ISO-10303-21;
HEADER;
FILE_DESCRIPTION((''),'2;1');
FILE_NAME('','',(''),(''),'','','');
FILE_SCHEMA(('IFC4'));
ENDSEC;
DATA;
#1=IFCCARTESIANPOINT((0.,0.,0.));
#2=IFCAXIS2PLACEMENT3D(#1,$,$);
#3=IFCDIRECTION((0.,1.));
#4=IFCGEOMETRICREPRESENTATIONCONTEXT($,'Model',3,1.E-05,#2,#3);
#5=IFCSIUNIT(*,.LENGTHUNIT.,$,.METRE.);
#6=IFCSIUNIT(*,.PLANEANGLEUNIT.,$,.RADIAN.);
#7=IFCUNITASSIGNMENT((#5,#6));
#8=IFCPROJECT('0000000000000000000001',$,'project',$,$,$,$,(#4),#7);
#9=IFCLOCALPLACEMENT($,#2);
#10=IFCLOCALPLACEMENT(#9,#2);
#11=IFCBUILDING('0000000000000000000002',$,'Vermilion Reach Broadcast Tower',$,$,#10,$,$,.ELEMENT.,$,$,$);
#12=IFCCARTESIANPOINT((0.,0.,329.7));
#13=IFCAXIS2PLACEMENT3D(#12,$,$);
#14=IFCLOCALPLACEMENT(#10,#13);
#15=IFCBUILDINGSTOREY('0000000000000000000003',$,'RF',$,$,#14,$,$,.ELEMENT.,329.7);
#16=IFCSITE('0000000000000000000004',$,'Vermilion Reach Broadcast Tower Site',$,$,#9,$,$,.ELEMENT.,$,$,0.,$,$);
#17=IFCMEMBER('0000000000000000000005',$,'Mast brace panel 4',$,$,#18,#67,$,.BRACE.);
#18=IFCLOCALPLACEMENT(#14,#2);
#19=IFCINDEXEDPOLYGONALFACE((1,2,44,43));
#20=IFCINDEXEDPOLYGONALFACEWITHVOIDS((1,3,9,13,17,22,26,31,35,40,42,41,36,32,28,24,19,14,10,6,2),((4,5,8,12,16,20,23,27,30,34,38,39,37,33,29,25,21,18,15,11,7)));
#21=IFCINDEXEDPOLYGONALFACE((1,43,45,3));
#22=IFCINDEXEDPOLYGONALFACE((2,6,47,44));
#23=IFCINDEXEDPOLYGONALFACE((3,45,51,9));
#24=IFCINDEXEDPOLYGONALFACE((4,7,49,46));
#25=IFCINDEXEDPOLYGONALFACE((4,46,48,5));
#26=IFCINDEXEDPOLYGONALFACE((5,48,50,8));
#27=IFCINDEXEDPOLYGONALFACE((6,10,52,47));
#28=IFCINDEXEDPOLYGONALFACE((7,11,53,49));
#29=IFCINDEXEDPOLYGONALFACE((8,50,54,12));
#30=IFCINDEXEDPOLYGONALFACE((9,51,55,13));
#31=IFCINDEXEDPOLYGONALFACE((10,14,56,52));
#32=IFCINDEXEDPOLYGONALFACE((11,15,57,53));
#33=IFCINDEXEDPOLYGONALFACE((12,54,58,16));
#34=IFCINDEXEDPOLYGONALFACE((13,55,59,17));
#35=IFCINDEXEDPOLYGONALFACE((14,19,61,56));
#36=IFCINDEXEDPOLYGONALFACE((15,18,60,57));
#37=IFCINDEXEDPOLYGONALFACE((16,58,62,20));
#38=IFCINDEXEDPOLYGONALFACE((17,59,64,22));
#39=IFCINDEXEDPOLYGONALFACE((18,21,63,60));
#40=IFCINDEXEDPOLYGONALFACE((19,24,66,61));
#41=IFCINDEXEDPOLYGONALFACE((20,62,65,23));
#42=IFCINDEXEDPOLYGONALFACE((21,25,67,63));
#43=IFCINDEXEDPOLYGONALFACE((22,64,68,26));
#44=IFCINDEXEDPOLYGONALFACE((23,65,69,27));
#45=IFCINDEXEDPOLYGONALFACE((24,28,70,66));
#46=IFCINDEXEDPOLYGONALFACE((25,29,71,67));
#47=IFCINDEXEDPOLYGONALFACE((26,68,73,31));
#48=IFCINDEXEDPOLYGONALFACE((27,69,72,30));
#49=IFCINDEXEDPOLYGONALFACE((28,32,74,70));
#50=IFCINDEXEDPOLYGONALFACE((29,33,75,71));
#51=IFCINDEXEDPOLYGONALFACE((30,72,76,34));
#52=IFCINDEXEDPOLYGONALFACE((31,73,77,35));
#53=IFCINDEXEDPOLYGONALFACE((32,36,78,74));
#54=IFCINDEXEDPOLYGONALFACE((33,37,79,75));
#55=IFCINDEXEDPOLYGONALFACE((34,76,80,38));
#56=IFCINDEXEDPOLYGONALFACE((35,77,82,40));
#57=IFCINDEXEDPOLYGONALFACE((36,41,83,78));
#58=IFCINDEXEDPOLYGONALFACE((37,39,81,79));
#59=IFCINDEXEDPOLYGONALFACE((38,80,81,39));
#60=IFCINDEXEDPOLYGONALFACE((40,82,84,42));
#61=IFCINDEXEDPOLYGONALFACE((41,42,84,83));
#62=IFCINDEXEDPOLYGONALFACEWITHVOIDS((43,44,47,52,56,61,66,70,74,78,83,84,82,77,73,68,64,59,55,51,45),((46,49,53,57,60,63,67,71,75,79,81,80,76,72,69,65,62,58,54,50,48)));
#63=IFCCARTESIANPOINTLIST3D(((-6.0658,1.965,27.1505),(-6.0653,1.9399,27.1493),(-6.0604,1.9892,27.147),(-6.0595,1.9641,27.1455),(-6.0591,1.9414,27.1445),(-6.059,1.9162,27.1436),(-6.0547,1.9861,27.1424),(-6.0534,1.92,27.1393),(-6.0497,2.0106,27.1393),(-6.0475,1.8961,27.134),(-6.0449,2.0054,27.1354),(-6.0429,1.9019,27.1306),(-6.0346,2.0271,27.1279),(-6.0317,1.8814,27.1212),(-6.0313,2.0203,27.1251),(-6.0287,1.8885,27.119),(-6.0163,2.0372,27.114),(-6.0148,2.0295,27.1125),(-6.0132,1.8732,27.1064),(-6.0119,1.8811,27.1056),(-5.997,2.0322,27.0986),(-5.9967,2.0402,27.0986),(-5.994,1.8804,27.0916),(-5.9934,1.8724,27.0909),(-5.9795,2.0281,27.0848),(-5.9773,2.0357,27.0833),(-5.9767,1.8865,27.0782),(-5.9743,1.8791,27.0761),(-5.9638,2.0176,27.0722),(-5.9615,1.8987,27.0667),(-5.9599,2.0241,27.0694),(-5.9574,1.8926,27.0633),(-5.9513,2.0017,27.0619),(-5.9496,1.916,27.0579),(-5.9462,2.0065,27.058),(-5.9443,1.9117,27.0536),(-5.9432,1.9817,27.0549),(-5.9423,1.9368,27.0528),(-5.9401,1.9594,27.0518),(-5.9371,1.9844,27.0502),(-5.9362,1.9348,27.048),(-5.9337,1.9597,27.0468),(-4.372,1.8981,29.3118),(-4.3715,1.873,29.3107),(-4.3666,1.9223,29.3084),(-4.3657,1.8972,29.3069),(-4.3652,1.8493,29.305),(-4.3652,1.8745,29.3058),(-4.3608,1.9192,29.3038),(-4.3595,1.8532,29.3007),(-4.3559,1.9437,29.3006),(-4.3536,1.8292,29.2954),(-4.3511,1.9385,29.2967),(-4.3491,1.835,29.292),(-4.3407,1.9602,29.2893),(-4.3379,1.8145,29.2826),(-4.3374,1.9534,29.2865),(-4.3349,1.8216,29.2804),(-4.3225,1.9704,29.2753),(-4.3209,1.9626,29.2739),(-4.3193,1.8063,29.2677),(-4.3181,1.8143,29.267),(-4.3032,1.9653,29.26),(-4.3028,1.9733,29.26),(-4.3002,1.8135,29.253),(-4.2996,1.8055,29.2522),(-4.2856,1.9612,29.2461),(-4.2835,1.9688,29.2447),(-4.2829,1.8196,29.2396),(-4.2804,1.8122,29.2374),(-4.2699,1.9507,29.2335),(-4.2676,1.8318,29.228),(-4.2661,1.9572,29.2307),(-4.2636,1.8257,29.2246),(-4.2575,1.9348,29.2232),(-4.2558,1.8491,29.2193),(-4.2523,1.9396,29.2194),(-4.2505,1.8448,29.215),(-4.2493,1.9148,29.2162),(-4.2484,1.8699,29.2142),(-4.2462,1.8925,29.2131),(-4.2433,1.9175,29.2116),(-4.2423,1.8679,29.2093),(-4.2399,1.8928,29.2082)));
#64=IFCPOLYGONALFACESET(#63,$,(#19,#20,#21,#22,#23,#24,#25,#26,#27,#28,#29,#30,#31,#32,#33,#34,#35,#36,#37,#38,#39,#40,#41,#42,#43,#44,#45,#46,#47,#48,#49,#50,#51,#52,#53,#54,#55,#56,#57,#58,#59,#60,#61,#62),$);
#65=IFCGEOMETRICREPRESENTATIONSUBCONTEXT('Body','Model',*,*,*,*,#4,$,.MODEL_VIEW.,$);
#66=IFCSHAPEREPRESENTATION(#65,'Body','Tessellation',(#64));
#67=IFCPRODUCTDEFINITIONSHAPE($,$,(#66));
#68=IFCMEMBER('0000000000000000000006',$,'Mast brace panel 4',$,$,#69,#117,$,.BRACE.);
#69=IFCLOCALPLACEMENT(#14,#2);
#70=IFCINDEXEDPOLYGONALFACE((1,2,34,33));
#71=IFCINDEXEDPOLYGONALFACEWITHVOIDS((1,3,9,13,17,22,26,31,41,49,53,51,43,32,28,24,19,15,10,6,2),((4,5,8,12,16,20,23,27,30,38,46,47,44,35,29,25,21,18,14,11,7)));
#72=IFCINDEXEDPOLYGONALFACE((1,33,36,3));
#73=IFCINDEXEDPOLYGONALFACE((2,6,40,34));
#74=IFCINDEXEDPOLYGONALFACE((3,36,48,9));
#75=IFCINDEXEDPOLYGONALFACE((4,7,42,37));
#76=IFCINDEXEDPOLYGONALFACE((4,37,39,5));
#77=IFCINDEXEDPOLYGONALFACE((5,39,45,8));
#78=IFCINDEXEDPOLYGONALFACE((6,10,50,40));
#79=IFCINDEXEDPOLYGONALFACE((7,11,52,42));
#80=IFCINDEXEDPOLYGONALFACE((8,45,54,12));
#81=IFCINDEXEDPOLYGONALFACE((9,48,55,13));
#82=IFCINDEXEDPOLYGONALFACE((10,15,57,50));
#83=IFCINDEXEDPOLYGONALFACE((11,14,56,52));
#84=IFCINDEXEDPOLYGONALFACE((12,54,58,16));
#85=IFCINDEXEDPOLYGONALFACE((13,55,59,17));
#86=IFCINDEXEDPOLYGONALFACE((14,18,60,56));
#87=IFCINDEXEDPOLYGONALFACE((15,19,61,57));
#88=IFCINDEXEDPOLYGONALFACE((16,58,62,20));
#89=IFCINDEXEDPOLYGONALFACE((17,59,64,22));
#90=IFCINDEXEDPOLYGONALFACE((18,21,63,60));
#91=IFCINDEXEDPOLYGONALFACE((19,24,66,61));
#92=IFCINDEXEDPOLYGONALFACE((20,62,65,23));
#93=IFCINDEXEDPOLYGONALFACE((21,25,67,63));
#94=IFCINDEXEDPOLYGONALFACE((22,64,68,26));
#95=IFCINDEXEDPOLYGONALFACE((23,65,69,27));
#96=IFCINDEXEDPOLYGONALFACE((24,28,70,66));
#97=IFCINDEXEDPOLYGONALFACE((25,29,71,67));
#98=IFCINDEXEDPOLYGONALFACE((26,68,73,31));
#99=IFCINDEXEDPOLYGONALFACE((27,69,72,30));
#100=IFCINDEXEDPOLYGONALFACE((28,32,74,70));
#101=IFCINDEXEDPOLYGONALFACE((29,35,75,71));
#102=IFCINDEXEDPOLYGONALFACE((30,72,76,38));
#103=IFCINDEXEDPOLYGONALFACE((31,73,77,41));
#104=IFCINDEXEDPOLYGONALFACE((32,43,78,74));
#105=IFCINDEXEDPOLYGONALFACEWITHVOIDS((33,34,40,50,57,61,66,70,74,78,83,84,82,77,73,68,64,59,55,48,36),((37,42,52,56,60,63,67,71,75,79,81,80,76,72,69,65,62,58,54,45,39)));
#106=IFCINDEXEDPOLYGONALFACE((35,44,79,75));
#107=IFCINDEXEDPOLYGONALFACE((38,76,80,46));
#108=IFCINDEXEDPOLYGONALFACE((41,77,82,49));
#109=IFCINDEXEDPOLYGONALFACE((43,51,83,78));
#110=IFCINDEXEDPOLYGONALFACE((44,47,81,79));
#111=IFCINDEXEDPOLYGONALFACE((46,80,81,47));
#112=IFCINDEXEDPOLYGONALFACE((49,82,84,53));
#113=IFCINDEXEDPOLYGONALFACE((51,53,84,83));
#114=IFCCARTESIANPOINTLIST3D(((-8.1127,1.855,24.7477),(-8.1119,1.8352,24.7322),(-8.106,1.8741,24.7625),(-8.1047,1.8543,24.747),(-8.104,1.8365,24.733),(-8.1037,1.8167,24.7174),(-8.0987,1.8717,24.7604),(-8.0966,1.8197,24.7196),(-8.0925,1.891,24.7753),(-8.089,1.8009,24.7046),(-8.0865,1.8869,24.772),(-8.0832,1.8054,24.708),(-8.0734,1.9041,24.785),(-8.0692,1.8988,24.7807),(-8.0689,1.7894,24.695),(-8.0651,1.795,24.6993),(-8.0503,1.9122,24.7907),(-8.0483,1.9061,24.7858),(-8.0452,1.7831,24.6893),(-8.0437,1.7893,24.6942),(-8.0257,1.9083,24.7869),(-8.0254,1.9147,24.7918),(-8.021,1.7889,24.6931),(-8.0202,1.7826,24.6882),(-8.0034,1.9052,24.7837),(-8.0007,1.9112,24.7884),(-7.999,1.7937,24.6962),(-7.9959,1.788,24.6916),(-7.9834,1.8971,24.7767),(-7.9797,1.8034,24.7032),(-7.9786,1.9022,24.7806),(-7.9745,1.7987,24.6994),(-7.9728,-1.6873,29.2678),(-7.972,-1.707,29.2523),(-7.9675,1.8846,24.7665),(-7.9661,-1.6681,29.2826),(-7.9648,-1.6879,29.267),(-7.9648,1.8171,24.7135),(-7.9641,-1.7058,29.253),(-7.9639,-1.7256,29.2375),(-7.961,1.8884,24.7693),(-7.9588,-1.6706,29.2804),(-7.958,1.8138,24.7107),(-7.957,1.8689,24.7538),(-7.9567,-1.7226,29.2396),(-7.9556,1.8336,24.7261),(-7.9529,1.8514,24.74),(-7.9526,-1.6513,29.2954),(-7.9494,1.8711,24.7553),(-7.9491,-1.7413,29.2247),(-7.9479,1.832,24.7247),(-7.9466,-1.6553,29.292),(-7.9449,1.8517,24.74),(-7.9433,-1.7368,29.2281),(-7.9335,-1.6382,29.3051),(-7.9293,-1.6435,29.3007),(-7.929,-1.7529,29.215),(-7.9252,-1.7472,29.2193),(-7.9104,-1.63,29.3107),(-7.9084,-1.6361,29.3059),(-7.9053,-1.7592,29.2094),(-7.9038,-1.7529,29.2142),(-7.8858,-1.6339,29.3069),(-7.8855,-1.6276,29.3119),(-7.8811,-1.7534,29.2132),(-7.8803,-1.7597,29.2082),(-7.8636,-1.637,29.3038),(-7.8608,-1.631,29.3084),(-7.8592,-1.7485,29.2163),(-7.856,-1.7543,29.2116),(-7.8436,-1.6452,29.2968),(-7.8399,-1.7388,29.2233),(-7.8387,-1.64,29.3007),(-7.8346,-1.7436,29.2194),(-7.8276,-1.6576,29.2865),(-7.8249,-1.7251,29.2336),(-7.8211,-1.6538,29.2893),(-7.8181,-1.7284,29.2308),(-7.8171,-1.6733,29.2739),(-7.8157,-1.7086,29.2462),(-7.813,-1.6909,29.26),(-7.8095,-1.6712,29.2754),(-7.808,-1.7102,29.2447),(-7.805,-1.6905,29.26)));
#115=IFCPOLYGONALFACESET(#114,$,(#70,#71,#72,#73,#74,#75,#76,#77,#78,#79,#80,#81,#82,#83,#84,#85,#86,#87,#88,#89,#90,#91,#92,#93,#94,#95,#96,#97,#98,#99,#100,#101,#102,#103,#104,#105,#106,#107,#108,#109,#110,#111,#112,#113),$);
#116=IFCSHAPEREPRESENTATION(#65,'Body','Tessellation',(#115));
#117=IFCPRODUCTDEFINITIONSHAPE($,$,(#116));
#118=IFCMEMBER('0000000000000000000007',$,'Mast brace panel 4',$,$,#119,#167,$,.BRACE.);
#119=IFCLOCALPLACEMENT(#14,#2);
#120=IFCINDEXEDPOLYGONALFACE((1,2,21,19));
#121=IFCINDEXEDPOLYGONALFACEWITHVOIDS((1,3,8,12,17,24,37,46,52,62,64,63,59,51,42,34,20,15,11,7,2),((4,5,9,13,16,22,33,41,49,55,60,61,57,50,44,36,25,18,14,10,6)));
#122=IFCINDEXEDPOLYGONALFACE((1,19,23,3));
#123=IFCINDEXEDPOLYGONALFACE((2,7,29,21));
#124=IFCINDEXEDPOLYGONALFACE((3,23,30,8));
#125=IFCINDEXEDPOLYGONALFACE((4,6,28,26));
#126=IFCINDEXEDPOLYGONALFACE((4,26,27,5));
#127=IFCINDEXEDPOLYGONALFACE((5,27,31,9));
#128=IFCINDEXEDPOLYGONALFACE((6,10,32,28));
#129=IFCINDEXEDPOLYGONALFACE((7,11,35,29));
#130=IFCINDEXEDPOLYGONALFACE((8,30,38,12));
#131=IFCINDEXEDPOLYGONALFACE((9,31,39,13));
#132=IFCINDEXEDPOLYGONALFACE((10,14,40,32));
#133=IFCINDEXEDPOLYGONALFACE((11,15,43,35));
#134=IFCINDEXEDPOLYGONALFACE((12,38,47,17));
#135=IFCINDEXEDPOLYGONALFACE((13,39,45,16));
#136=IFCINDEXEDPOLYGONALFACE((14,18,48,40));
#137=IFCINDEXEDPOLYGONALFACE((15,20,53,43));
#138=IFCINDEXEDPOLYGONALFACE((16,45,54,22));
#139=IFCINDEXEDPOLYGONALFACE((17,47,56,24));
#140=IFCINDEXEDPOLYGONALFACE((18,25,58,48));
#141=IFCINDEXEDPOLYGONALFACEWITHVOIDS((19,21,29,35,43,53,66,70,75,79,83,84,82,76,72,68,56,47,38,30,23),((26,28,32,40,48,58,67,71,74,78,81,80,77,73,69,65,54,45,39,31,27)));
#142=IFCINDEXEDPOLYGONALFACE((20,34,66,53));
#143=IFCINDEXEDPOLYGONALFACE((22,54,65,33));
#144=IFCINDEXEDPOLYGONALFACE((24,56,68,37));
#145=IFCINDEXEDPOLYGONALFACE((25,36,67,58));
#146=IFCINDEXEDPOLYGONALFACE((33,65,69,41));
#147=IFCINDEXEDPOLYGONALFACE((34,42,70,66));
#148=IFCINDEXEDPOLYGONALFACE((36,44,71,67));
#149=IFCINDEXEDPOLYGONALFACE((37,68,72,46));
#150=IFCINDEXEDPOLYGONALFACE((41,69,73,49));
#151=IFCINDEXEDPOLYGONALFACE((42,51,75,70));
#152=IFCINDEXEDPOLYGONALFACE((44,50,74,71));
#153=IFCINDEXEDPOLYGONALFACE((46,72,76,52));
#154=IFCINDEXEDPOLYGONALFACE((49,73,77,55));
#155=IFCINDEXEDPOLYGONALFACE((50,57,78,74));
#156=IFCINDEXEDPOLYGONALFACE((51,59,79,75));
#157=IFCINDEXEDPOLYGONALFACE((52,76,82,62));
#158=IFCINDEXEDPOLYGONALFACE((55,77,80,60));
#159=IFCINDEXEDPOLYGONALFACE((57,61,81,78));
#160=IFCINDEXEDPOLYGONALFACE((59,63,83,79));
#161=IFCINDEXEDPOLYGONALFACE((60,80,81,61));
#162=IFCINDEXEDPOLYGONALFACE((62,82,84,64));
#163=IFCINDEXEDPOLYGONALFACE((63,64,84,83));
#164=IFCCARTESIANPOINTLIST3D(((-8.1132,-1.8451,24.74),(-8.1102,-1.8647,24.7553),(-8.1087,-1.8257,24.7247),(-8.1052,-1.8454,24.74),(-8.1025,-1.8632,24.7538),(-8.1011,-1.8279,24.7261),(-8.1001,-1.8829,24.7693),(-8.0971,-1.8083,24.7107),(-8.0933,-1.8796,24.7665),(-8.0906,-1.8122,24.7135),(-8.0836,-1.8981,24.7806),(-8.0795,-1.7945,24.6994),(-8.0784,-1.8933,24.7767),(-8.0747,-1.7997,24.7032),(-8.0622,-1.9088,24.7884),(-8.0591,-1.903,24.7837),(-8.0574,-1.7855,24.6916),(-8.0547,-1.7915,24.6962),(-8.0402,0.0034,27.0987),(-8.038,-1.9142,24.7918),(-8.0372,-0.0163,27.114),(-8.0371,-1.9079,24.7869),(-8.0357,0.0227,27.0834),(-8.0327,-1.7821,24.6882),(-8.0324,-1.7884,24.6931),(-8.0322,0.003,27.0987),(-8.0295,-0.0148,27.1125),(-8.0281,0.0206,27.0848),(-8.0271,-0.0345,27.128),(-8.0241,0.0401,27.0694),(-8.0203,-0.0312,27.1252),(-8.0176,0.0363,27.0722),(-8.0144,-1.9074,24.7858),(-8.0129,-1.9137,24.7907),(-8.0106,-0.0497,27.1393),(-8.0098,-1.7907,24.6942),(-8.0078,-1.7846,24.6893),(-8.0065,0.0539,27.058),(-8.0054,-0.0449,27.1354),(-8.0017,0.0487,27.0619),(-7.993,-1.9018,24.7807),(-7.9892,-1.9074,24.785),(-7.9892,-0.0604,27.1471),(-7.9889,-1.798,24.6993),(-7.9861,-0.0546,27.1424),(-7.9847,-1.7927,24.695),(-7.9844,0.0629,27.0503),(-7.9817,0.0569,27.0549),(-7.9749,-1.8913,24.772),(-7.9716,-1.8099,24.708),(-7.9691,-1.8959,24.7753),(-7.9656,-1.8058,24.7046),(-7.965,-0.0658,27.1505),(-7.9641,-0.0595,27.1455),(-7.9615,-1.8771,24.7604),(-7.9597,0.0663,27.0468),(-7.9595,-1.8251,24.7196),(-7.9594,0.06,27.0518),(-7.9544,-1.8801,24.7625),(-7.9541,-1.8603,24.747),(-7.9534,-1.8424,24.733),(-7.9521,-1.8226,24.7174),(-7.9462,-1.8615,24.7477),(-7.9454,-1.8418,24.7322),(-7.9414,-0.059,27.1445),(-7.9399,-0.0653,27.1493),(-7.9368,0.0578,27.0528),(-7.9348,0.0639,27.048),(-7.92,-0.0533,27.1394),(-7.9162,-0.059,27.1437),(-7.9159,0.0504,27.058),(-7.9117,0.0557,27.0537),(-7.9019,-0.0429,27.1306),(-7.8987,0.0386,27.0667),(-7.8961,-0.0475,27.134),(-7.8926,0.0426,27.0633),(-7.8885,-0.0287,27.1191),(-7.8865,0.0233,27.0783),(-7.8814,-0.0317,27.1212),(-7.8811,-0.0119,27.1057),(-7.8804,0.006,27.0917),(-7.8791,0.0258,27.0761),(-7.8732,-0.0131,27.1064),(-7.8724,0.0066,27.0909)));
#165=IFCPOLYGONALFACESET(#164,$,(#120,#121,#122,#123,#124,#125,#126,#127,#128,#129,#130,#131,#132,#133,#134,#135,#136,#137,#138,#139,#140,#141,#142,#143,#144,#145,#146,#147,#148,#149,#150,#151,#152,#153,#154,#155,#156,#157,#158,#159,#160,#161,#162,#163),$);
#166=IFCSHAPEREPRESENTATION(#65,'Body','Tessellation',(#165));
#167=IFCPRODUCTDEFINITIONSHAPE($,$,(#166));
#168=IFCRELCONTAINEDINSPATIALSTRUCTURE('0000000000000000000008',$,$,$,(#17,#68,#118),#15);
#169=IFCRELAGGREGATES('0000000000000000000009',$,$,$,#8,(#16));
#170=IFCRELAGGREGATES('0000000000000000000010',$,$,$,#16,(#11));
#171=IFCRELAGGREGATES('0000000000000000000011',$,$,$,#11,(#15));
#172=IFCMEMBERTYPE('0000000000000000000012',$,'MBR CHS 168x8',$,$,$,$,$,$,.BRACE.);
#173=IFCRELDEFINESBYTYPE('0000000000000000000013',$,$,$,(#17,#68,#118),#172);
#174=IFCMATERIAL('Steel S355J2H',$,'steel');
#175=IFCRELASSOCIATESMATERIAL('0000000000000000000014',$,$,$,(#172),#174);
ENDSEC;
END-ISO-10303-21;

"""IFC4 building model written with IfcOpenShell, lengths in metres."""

from ifc_helpers import new_model, si_unit, direction, frame, origin, origin_2d, place, context, subcontext, project, spatial, hollow_circle, extrude, material, material_profile, profile_set, type_object, element, save


model = new_model("IFC4")

# Units and contexts
model_context = context("Model", 3, precision=1e-05, world=origin(), true_north=direction((0.0, 1.0)))
body_context = subcontext(model_context, "Body", "Model", "MODEL_VIEW")
ifc_project = project(units=[si_unit("LENGTHUNIT", "METRE"), si_unit("PLANEANGLEUNIT", "RADIAN")], contexts=[model_context])

# Site, building, storey
site_placement = place(None, origin())
site = spatial("IfcSite", under=ifc_project, at=site_placement, Name="Vermilion Reach Broadcast Tower Site", CompositionType="ELEMENT", RefElevation=0.0)
building_placement = place(site_placement, origin())
building = spatial("IfcBuilding", under=site, at=building_placement, Name="Vermilion Reach Broadcast Tower", CompositionType="ELEMENT")
storey_placement = place(building_placement, frame((0.0, 0.0, 329.7)))
storey = spatial("IfcBuildingStorey", under=building, at=storey_placement, Name="RF", CompositionType="ELEMENT", Elevation=329.7)

# Members
ifc_material_1 = material(Name="Steel S355J2H", Category="steel")
ifc_material_profile_1 = material_profile(ifc_material_1, hollow_circle(Radius=0.0842, WallThickness=0.0081, at=origin_2d()), Name="S355J2H CHS 168x8")
ifc_profile_set_1 = profile_set([ifc_material_profile_1], Name="Steel S355J2H")
member_type_1 = type_object("IfcMemberType", Name="MBR CHS 168x8", PredefinedType="BRACE", material=ifc_profile_set_1)
member_1_placement = place(storey_placement, frame((-6.0, 1.9561, 27.0986), z_axis=(0.616653, -0.024353, 0.786859), x_axis=(0.039462, 0.999221, 0.0)))
element("IfcMember", 1, at=member_1_placement, inside=storey, type_object=member_type_1, Name="Mast brace panel 4", PredefinedType="BRACE", context=body_context, shape_type="SweptSolid", body=[
    extrude(hollow_circle(Radius=0.0842, WallThickness=0.0081, at=origin_2d()), origin(), (0.0, 0.0, 1.0), 2.7468),
])
member_2_placement = place(storey_placement, frame((-8.0291, 1.8484, 24.74), z_axis=(0.024353, -0.616647, 0.786863), x_axis=(0.999221, 0.039462, 0.0)))
element("IfcMember", 2, at=member_2_placement, inside=storey, type_object=member_type_1, Name="Mast brace panel 4", PredefinedType="BRACE", context=body_context, shape_type="SweptSolid", body=[
    extrude(hollow_circle(Radius=0.0842, WallThickness=0.0081, at=origin_2d()), origin(), (0.0, 0.0, 1.0), 5.7444),
])
member_3_placement = place(storey_placement, frame((-8.0291, -1.8484, 24.74), z_axis=(0.024353, 0.616641, 0.786867), x_axis=(-0.999221, 0.039462, 0.0)))
element("IfcMember", 3, at=member_3_placement, inside=storey, type_object=member_type_1, Name="Mast brace panel 4", PredefinedType="BRACE", context=body_context, shape_type="SweptSolid", body=[
    extrude(hollow_circle(Radius=0.0842, WallThickness=0.0081, at=origin_2d()), origin(), (0.0, 0.0, 1.0), 2.9976),
])

save(model, "model.ifc")
